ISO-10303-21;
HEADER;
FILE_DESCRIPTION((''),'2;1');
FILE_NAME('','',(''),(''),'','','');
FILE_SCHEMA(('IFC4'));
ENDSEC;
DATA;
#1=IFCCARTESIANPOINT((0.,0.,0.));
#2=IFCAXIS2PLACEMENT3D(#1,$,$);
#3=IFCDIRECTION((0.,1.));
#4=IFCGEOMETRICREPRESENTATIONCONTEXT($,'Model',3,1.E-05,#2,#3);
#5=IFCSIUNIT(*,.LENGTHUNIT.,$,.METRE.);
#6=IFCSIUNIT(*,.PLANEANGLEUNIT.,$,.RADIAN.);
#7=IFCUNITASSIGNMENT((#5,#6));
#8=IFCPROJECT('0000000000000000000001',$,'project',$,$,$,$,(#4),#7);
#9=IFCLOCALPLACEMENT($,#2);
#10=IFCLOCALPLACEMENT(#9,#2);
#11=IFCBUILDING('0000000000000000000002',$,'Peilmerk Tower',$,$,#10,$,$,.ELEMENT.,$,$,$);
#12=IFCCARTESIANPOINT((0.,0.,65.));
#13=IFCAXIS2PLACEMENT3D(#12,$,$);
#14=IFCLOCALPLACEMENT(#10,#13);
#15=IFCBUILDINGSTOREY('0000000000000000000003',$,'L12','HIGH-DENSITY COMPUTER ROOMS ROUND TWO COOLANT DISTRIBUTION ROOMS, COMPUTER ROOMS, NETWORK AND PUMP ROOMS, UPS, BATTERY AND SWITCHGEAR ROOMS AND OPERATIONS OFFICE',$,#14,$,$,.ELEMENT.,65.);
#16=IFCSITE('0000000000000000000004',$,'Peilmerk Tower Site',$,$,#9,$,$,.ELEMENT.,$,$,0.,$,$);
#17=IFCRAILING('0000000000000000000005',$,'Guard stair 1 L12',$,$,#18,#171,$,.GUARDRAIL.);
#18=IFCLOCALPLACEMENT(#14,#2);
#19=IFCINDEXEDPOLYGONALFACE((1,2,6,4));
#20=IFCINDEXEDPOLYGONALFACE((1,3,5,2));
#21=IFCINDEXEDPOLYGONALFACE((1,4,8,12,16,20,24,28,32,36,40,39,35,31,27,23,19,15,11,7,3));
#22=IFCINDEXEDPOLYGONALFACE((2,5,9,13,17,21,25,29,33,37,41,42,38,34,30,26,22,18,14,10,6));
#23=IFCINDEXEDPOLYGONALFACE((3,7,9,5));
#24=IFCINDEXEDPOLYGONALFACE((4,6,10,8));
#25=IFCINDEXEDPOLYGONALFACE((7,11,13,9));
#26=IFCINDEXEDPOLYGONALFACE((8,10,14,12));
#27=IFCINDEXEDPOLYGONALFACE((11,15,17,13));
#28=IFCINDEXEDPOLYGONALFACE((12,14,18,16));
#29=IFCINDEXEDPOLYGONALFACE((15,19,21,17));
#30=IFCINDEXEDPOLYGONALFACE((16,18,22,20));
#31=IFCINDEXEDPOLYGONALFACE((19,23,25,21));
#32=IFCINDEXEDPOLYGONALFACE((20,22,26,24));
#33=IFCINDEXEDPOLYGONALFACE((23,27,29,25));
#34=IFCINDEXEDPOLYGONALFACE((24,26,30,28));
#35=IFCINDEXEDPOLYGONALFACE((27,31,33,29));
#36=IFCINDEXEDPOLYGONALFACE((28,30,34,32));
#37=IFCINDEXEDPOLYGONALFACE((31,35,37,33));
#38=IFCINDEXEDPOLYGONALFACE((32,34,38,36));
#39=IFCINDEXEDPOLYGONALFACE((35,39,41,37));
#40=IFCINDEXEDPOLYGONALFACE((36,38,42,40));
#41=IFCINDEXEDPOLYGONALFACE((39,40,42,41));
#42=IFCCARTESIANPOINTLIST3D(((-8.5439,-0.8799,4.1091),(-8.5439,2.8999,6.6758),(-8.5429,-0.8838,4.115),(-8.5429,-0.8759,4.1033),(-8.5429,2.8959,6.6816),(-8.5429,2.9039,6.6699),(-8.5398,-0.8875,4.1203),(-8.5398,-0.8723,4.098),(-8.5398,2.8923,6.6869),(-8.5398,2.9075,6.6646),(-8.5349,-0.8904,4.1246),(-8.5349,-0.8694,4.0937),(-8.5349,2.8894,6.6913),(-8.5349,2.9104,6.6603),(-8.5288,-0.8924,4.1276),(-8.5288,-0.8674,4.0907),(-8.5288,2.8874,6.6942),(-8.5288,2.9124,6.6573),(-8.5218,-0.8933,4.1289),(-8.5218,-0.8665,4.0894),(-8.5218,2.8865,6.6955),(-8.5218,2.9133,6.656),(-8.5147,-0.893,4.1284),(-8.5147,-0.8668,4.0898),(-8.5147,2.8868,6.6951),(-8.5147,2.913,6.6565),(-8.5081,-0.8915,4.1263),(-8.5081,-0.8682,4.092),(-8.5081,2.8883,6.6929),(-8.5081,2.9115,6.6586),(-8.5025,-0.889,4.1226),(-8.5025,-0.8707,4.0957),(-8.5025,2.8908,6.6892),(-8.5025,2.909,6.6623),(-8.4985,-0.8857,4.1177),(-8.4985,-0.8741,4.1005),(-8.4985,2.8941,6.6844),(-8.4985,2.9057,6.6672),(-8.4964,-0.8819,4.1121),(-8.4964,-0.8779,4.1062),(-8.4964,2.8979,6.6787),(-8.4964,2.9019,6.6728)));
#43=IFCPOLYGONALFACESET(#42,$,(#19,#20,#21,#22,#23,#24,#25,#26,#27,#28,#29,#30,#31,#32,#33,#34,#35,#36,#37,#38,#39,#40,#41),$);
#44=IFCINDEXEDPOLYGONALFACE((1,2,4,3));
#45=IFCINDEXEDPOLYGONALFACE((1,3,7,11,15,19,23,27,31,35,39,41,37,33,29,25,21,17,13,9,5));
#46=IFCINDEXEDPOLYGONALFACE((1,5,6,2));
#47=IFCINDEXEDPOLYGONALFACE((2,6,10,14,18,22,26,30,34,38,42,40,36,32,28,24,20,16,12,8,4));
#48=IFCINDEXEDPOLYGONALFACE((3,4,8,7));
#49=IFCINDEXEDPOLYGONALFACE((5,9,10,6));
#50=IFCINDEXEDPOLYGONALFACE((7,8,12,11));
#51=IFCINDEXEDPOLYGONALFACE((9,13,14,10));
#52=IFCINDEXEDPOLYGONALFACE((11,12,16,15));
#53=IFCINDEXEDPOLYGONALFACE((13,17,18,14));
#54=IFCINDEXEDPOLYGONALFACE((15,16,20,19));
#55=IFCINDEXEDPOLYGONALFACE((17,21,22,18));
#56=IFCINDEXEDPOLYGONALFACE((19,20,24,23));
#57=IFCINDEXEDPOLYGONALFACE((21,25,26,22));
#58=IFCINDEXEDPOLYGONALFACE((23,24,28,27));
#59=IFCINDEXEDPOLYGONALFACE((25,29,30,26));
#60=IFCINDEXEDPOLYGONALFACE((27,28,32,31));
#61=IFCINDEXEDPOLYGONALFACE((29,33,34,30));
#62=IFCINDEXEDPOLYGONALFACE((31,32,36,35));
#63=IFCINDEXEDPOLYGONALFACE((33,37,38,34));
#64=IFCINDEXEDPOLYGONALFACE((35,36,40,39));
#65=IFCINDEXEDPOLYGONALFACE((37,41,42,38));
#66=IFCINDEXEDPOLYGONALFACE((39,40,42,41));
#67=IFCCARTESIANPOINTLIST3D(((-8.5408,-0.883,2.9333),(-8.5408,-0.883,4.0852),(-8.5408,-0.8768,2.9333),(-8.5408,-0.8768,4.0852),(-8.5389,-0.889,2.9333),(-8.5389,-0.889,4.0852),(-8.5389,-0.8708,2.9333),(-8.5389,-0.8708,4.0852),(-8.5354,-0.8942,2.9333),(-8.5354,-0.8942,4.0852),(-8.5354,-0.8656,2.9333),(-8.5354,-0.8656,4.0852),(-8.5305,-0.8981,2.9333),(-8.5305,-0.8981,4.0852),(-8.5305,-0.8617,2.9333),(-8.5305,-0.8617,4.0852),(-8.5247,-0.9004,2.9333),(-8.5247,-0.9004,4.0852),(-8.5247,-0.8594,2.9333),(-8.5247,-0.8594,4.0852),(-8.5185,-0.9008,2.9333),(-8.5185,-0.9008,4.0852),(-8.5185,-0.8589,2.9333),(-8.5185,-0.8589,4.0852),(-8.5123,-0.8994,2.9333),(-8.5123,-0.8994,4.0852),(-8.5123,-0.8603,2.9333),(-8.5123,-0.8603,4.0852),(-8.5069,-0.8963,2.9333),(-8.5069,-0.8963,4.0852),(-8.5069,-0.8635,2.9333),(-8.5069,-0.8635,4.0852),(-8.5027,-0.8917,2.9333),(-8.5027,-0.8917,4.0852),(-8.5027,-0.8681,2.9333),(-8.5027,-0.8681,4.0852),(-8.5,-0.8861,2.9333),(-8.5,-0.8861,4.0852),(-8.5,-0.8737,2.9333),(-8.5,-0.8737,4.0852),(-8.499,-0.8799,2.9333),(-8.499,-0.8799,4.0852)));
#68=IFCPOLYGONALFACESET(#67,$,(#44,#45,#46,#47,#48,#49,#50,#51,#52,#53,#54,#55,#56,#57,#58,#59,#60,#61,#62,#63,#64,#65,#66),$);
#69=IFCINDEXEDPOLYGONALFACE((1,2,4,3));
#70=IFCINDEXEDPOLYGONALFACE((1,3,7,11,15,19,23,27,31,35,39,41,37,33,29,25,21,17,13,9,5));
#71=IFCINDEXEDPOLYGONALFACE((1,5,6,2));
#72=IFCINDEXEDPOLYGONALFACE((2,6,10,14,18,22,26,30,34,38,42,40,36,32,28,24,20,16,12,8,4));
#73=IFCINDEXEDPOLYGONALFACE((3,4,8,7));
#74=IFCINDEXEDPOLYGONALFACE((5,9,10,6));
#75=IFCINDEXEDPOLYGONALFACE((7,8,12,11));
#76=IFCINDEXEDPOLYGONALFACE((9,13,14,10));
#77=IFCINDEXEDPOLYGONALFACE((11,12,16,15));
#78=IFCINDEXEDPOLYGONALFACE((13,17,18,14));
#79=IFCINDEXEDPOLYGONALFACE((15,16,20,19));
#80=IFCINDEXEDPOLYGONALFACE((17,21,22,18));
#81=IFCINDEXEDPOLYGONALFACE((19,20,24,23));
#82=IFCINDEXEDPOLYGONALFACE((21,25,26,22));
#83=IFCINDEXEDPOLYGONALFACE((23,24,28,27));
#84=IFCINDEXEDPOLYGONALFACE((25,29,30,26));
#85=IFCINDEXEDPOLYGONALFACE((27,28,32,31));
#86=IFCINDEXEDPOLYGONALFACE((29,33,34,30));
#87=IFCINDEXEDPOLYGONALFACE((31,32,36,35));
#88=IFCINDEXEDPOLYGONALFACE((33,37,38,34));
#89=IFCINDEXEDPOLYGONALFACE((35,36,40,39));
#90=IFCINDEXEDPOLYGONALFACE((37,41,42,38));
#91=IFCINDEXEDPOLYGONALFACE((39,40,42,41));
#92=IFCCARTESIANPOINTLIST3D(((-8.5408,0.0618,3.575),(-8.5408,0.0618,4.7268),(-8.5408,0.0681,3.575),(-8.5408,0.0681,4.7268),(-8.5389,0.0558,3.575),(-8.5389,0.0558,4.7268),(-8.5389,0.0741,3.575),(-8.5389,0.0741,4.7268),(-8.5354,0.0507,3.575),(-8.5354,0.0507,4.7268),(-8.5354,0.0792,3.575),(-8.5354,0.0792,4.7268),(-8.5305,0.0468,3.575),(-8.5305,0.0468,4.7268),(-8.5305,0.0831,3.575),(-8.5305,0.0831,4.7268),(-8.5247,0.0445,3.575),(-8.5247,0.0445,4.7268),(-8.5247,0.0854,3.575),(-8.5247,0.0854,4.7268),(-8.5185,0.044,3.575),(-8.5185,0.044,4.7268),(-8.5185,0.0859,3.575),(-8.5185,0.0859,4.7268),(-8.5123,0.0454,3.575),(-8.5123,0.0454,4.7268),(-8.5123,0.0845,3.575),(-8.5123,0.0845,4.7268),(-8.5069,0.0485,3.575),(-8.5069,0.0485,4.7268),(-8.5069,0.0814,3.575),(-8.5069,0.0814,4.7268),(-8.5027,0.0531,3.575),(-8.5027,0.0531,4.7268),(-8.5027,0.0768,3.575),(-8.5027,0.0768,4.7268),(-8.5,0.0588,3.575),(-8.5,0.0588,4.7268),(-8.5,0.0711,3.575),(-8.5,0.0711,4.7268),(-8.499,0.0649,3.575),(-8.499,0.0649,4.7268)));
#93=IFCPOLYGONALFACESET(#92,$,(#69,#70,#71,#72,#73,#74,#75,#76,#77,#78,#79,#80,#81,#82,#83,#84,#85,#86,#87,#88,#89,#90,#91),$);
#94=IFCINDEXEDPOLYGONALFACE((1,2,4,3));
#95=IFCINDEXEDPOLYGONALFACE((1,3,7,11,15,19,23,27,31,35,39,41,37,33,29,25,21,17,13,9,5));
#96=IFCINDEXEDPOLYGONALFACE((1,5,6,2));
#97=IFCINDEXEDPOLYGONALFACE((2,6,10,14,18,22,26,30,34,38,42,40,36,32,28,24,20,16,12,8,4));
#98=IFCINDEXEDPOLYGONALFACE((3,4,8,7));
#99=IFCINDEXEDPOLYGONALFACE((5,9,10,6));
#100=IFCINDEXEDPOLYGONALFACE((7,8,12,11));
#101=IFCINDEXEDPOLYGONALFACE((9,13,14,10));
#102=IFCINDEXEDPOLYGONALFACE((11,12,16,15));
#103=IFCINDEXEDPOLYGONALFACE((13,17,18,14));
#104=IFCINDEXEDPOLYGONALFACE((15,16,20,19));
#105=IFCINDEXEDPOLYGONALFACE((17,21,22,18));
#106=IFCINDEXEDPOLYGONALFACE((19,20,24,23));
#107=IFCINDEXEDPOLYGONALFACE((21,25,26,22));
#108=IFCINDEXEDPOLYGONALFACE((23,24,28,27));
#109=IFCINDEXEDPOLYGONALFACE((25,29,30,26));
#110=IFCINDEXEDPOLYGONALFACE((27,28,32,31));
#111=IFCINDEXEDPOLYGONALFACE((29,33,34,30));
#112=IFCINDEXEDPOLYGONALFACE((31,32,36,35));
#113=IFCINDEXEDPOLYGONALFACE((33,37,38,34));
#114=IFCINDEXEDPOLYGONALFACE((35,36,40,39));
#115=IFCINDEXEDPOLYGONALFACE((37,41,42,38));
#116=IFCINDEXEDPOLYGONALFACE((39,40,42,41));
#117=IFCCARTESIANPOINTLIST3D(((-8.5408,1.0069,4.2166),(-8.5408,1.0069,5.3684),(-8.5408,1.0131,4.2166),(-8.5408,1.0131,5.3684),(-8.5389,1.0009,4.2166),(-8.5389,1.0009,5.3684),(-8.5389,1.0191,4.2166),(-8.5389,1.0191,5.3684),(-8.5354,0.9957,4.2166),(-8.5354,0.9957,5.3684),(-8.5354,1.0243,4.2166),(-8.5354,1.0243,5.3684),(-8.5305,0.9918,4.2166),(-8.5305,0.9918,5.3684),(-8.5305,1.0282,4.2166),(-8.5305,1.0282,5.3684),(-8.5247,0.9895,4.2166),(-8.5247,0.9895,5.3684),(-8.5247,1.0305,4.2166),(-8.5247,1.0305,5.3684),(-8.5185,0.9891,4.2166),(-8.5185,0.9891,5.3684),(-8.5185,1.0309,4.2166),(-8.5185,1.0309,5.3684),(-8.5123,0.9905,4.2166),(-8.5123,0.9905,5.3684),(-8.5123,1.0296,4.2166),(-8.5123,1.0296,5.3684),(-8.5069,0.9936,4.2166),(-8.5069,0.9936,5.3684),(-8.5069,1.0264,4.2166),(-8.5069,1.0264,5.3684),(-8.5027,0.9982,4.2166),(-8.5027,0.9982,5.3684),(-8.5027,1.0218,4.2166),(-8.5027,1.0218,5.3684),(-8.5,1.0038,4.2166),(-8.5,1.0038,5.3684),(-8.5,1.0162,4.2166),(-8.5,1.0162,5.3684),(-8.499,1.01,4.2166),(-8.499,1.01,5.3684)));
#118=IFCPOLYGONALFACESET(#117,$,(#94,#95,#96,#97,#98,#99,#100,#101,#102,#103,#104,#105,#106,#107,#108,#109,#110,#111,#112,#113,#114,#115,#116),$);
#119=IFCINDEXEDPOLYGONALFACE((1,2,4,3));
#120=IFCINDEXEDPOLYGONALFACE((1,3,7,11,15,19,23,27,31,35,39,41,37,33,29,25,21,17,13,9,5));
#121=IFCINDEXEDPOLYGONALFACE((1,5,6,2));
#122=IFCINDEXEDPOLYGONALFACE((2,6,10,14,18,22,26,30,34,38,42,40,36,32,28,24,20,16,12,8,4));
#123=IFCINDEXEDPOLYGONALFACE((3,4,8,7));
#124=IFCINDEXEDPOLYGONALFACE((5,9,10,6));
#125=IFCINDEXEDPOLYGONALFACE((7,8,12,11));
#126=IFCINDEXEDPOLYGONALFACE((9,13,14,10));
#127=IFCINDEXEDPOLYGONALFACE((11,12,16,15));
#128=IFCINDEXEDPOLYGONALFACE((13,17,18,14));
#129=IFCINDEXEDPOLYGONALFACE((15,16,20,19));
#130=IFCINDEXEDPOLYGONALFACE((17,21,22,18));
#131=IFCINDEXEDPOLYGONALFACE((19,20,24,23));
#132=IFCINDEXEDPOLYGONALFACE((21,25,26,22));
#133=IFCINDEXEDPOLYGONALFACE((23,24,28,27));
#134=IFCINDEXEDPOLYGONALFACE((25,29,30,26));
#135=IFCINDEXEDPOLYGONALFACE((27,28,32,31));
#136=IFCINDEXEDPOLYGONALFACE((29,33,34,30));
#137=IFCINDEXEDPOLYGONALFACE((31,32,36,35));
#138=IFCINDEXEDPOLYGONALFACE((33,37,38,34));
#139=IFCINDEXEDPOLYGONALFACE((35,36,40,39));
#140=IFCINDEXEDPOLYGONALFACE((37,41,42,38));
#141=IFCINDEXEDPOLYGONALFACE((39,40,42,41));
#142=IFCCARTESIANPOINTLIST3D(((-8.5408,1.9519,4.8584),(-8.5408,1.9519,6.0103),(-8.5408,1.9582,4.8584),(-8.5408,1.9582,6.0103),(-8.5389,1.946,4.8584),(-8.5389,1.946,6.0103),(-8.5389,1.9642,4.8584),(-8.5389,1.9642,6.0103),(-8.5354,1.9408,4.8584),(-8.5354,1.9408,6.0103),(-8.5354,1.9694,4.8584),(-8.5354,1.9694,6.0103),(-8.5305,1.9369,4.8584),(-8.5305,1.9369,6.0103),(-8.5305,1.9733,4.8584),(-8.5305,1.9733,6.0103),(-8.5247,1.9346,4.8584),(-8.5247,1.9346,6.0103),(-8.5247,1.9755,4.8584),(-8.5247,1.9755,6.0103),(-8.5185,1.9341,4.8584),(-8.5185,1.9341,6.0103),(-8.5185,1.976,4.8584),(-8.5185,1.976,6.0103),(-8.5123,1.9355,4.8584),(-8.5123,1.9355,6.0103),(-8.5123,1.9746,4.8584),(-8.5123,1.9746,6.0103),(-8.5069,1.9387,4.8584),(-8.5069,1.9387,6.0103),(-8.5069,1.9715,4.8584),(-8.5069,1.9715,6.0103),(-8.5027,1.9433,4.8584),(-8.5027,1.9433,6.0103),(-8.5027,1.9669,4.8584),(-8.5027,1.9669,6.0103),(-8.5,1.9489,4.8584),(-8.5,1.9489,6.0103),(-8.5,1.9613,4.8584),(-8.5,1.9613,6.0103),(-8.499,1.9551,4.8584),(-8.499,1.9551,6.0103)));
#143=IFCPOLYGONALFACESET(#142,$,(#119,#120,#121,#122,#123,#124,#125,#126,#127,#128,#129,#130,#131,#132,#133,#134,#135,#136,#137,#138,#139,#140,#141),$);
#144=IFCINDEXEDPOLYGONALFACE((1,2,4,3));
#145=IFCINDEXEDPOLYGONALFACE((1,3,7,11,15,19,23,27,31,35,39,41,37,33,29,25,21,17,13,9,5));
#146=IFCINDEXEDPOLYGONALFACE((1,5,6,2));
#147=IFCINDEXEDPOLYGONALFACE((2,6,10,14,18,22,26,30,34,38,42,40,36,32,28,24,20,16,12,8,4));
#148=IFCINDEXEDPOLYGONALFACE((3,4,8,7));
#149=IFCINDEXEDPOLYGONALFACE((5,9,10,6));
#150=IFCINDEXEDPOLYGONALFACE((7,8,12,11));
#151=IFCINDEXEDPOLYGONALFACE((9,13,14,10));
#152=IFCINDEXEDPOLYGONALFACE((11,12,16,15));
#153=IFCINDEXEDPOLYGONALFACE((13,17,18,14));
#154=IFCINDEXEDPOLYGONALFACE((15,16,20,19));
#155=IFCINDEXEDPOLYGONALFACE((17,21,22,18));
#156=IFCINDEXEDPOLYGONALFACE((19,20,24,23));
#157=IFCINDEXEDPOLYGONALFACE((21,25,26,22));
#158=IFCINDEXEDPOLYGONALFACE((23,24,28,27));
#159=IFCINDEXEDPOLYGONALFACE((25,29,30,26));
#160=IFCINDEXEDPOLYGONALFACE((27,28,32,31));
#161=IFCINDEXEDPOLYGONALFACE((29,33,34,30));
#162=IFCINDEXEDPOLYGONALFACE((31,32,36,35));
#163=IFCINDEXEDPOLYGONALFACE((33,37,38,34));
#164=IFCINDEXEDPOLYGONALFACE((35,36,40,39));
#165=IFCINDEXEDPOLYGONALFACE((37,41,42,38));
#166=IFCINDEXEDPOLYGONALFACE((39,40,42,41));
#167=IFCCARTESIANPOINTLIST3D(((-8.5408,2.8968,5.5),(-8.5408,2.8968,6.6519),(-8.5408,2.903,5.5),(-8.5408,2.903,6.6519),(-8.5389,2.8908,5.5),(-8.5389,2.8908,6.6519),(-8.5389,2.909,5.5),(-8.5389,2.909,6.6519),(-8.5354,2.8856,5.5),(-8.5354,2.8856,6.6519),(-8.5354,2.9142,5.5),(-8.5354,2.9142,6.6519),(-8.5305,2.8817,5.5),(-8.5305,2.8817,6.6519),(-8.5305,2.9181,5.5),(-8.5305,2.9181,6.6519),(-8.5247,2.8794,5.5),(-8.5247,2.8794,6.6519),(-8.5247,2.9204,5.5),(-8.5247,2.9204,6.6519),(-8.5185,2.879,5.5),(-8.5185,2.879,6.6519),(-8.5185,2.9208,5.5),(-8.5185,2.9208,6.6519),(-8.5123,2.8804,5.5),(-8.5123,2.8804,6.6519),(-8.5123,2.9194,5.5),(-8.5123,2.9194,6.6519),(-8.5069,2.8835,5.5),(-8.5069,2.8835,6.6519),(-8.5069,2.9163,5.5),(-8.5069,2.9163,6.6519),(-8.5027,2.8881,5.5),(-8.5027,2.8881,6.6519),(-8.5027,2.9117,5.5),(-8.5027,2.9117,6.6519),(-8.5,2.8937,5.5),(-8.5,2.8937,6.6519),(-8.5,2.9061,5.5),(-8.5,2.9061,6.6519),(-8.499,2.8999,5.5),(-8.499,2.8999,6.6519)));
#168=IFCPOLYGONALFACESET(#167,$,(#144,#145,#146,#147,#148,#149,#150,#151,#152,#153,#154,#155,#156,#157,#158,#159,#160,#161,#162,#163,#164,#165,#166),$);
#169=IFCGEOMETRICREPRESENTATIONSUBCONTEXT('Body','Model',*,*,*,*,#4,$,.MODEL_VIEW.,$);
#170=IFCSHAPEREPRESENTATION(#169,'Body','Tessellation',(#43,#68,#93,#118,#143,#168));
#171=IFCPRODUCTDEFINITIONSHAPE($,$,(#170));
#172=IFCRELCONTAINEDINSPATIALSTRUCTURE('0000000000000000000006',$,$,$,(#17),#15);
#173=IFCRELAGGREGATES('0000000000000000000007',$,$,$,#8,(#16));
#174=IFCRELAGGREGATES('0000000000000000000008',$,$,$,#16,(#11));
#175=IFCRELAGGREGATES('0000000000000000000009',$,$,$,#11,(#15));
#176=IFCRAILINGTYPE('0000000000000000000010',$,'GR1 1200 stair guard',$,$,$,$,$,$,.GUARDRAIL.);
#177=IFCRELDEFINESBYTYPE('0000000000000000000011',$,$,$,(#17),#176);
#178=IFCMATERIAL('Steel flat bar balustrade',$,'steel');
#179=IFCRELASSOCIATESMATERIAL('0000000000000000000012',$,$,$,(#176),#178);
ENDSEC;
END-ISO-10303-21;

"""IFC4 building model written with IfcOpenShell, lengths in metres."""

from ifc_helpers import new_model, si_unit, direction, frame, origin, origin_2d, place, context, subcontext, project, spatial, circle, extrude, material, type_object, element, save


model = new_model("IFC4")

# Units and contexts
model_context = context("Model", 3, precision=1e-05, world=origin(), true_north=direction((0.0, 1.0)))
body_context = subcontext(model_context, "Body", "Model", "MODEL_VIEW")
ifc_project = project(units=[si_unit("LENGTHUNIT", "METRE"), si_unit("PLANEANGLEUNIT", "RADIAN")], contexts=[model_context])

# Site, building, storey
site_placement = place(None, origin())
site = spatial("IfcSite", under=ifc_project, at=site_placement, Name="Peilmerk Tower Site", CompositionType="ELEMENT", RefElevation=0.0)
building_placement = place(site_placement, origin())
building = spatial("IfcBuilding", under=site, at=building_placement, Name="Peilmerk Tower", CompositionType="ELEMENT")
storey_placement = place(building_placement, frame((0.0, 0.0, 65.0)))
storey = spatial("IfcBuildingStorey", under=building, at=storey_placement, Name="L12", Description="HIGH-DENSITY COMPUTER ROOMS ROUND TWO COOLANT DISTRIBUTION ROOMS, COMPUTER ROOMS, NETWORK AND PUMP ROOMS, UPS, BATTERY AND SWITCHGEAR ROOMS AND OPERATIONS OFFICE", CompositionType="ELEMENT", Elevation=65.0)

# Railing
ifc_material_1 = material(Name="Steel flat bar balustrade", Category="steel")
railing_type_1 = type_object("IfcRailingType", Name="GR1 1200 stair guard", PredefinedType="GUARDRAIL", material=ifc_material_1)
railing_1_placement = place(storey_placement, frame((-8.52, -0.8799, 2.9333)))
element("IfcRailing", 1, at=railing_1_placement, inside=storey, type_object=railing_type_1, Name="Guard stair 1 L12", PredefinedType="GUARDRAIL", context=body_context, shape_type="SweptSolid", body=[
    extrude(circle(Radius=0.0239, at=origin_2d()), frame((0.0, 0.0, 1.1758), z_axis=(0.0, 0.827293, 0.561771), x_axis=(-1.0, 0.0, 0.0)), (0.0, 0.0, 1.0), 4.5688),
    extrude(circle(Radius=0.021, at=origin_2d()), origin(), (0.0, 0.0, 1.0), 1.1519),
    extrude(circle(Radius=0.021, at=origin_2d()), frame((0.0, 0.9448, 0.6416)), (0.0, 0.0, 1.0), 1.1519),
    extrude(circle(Radius=0.021, at=origin_2d()), frame((0.0, 1.8899, 1.2832)), (0.0, 0.0, 1.0), 1.1519),
    extrude(circle(Radius=0.021, at=origin_2d()), frame((0.0, 2.835, 1.925)), (0.0, 0.0, 1.0), 1.1519),
    extrude(circle(Radius=0.021, at=origin_2d()), frame((0.0, 3.7798, 2.5667)), (0.0, 0.0, 1.0), 1.1519),
])

save(model, "model.ifc")
